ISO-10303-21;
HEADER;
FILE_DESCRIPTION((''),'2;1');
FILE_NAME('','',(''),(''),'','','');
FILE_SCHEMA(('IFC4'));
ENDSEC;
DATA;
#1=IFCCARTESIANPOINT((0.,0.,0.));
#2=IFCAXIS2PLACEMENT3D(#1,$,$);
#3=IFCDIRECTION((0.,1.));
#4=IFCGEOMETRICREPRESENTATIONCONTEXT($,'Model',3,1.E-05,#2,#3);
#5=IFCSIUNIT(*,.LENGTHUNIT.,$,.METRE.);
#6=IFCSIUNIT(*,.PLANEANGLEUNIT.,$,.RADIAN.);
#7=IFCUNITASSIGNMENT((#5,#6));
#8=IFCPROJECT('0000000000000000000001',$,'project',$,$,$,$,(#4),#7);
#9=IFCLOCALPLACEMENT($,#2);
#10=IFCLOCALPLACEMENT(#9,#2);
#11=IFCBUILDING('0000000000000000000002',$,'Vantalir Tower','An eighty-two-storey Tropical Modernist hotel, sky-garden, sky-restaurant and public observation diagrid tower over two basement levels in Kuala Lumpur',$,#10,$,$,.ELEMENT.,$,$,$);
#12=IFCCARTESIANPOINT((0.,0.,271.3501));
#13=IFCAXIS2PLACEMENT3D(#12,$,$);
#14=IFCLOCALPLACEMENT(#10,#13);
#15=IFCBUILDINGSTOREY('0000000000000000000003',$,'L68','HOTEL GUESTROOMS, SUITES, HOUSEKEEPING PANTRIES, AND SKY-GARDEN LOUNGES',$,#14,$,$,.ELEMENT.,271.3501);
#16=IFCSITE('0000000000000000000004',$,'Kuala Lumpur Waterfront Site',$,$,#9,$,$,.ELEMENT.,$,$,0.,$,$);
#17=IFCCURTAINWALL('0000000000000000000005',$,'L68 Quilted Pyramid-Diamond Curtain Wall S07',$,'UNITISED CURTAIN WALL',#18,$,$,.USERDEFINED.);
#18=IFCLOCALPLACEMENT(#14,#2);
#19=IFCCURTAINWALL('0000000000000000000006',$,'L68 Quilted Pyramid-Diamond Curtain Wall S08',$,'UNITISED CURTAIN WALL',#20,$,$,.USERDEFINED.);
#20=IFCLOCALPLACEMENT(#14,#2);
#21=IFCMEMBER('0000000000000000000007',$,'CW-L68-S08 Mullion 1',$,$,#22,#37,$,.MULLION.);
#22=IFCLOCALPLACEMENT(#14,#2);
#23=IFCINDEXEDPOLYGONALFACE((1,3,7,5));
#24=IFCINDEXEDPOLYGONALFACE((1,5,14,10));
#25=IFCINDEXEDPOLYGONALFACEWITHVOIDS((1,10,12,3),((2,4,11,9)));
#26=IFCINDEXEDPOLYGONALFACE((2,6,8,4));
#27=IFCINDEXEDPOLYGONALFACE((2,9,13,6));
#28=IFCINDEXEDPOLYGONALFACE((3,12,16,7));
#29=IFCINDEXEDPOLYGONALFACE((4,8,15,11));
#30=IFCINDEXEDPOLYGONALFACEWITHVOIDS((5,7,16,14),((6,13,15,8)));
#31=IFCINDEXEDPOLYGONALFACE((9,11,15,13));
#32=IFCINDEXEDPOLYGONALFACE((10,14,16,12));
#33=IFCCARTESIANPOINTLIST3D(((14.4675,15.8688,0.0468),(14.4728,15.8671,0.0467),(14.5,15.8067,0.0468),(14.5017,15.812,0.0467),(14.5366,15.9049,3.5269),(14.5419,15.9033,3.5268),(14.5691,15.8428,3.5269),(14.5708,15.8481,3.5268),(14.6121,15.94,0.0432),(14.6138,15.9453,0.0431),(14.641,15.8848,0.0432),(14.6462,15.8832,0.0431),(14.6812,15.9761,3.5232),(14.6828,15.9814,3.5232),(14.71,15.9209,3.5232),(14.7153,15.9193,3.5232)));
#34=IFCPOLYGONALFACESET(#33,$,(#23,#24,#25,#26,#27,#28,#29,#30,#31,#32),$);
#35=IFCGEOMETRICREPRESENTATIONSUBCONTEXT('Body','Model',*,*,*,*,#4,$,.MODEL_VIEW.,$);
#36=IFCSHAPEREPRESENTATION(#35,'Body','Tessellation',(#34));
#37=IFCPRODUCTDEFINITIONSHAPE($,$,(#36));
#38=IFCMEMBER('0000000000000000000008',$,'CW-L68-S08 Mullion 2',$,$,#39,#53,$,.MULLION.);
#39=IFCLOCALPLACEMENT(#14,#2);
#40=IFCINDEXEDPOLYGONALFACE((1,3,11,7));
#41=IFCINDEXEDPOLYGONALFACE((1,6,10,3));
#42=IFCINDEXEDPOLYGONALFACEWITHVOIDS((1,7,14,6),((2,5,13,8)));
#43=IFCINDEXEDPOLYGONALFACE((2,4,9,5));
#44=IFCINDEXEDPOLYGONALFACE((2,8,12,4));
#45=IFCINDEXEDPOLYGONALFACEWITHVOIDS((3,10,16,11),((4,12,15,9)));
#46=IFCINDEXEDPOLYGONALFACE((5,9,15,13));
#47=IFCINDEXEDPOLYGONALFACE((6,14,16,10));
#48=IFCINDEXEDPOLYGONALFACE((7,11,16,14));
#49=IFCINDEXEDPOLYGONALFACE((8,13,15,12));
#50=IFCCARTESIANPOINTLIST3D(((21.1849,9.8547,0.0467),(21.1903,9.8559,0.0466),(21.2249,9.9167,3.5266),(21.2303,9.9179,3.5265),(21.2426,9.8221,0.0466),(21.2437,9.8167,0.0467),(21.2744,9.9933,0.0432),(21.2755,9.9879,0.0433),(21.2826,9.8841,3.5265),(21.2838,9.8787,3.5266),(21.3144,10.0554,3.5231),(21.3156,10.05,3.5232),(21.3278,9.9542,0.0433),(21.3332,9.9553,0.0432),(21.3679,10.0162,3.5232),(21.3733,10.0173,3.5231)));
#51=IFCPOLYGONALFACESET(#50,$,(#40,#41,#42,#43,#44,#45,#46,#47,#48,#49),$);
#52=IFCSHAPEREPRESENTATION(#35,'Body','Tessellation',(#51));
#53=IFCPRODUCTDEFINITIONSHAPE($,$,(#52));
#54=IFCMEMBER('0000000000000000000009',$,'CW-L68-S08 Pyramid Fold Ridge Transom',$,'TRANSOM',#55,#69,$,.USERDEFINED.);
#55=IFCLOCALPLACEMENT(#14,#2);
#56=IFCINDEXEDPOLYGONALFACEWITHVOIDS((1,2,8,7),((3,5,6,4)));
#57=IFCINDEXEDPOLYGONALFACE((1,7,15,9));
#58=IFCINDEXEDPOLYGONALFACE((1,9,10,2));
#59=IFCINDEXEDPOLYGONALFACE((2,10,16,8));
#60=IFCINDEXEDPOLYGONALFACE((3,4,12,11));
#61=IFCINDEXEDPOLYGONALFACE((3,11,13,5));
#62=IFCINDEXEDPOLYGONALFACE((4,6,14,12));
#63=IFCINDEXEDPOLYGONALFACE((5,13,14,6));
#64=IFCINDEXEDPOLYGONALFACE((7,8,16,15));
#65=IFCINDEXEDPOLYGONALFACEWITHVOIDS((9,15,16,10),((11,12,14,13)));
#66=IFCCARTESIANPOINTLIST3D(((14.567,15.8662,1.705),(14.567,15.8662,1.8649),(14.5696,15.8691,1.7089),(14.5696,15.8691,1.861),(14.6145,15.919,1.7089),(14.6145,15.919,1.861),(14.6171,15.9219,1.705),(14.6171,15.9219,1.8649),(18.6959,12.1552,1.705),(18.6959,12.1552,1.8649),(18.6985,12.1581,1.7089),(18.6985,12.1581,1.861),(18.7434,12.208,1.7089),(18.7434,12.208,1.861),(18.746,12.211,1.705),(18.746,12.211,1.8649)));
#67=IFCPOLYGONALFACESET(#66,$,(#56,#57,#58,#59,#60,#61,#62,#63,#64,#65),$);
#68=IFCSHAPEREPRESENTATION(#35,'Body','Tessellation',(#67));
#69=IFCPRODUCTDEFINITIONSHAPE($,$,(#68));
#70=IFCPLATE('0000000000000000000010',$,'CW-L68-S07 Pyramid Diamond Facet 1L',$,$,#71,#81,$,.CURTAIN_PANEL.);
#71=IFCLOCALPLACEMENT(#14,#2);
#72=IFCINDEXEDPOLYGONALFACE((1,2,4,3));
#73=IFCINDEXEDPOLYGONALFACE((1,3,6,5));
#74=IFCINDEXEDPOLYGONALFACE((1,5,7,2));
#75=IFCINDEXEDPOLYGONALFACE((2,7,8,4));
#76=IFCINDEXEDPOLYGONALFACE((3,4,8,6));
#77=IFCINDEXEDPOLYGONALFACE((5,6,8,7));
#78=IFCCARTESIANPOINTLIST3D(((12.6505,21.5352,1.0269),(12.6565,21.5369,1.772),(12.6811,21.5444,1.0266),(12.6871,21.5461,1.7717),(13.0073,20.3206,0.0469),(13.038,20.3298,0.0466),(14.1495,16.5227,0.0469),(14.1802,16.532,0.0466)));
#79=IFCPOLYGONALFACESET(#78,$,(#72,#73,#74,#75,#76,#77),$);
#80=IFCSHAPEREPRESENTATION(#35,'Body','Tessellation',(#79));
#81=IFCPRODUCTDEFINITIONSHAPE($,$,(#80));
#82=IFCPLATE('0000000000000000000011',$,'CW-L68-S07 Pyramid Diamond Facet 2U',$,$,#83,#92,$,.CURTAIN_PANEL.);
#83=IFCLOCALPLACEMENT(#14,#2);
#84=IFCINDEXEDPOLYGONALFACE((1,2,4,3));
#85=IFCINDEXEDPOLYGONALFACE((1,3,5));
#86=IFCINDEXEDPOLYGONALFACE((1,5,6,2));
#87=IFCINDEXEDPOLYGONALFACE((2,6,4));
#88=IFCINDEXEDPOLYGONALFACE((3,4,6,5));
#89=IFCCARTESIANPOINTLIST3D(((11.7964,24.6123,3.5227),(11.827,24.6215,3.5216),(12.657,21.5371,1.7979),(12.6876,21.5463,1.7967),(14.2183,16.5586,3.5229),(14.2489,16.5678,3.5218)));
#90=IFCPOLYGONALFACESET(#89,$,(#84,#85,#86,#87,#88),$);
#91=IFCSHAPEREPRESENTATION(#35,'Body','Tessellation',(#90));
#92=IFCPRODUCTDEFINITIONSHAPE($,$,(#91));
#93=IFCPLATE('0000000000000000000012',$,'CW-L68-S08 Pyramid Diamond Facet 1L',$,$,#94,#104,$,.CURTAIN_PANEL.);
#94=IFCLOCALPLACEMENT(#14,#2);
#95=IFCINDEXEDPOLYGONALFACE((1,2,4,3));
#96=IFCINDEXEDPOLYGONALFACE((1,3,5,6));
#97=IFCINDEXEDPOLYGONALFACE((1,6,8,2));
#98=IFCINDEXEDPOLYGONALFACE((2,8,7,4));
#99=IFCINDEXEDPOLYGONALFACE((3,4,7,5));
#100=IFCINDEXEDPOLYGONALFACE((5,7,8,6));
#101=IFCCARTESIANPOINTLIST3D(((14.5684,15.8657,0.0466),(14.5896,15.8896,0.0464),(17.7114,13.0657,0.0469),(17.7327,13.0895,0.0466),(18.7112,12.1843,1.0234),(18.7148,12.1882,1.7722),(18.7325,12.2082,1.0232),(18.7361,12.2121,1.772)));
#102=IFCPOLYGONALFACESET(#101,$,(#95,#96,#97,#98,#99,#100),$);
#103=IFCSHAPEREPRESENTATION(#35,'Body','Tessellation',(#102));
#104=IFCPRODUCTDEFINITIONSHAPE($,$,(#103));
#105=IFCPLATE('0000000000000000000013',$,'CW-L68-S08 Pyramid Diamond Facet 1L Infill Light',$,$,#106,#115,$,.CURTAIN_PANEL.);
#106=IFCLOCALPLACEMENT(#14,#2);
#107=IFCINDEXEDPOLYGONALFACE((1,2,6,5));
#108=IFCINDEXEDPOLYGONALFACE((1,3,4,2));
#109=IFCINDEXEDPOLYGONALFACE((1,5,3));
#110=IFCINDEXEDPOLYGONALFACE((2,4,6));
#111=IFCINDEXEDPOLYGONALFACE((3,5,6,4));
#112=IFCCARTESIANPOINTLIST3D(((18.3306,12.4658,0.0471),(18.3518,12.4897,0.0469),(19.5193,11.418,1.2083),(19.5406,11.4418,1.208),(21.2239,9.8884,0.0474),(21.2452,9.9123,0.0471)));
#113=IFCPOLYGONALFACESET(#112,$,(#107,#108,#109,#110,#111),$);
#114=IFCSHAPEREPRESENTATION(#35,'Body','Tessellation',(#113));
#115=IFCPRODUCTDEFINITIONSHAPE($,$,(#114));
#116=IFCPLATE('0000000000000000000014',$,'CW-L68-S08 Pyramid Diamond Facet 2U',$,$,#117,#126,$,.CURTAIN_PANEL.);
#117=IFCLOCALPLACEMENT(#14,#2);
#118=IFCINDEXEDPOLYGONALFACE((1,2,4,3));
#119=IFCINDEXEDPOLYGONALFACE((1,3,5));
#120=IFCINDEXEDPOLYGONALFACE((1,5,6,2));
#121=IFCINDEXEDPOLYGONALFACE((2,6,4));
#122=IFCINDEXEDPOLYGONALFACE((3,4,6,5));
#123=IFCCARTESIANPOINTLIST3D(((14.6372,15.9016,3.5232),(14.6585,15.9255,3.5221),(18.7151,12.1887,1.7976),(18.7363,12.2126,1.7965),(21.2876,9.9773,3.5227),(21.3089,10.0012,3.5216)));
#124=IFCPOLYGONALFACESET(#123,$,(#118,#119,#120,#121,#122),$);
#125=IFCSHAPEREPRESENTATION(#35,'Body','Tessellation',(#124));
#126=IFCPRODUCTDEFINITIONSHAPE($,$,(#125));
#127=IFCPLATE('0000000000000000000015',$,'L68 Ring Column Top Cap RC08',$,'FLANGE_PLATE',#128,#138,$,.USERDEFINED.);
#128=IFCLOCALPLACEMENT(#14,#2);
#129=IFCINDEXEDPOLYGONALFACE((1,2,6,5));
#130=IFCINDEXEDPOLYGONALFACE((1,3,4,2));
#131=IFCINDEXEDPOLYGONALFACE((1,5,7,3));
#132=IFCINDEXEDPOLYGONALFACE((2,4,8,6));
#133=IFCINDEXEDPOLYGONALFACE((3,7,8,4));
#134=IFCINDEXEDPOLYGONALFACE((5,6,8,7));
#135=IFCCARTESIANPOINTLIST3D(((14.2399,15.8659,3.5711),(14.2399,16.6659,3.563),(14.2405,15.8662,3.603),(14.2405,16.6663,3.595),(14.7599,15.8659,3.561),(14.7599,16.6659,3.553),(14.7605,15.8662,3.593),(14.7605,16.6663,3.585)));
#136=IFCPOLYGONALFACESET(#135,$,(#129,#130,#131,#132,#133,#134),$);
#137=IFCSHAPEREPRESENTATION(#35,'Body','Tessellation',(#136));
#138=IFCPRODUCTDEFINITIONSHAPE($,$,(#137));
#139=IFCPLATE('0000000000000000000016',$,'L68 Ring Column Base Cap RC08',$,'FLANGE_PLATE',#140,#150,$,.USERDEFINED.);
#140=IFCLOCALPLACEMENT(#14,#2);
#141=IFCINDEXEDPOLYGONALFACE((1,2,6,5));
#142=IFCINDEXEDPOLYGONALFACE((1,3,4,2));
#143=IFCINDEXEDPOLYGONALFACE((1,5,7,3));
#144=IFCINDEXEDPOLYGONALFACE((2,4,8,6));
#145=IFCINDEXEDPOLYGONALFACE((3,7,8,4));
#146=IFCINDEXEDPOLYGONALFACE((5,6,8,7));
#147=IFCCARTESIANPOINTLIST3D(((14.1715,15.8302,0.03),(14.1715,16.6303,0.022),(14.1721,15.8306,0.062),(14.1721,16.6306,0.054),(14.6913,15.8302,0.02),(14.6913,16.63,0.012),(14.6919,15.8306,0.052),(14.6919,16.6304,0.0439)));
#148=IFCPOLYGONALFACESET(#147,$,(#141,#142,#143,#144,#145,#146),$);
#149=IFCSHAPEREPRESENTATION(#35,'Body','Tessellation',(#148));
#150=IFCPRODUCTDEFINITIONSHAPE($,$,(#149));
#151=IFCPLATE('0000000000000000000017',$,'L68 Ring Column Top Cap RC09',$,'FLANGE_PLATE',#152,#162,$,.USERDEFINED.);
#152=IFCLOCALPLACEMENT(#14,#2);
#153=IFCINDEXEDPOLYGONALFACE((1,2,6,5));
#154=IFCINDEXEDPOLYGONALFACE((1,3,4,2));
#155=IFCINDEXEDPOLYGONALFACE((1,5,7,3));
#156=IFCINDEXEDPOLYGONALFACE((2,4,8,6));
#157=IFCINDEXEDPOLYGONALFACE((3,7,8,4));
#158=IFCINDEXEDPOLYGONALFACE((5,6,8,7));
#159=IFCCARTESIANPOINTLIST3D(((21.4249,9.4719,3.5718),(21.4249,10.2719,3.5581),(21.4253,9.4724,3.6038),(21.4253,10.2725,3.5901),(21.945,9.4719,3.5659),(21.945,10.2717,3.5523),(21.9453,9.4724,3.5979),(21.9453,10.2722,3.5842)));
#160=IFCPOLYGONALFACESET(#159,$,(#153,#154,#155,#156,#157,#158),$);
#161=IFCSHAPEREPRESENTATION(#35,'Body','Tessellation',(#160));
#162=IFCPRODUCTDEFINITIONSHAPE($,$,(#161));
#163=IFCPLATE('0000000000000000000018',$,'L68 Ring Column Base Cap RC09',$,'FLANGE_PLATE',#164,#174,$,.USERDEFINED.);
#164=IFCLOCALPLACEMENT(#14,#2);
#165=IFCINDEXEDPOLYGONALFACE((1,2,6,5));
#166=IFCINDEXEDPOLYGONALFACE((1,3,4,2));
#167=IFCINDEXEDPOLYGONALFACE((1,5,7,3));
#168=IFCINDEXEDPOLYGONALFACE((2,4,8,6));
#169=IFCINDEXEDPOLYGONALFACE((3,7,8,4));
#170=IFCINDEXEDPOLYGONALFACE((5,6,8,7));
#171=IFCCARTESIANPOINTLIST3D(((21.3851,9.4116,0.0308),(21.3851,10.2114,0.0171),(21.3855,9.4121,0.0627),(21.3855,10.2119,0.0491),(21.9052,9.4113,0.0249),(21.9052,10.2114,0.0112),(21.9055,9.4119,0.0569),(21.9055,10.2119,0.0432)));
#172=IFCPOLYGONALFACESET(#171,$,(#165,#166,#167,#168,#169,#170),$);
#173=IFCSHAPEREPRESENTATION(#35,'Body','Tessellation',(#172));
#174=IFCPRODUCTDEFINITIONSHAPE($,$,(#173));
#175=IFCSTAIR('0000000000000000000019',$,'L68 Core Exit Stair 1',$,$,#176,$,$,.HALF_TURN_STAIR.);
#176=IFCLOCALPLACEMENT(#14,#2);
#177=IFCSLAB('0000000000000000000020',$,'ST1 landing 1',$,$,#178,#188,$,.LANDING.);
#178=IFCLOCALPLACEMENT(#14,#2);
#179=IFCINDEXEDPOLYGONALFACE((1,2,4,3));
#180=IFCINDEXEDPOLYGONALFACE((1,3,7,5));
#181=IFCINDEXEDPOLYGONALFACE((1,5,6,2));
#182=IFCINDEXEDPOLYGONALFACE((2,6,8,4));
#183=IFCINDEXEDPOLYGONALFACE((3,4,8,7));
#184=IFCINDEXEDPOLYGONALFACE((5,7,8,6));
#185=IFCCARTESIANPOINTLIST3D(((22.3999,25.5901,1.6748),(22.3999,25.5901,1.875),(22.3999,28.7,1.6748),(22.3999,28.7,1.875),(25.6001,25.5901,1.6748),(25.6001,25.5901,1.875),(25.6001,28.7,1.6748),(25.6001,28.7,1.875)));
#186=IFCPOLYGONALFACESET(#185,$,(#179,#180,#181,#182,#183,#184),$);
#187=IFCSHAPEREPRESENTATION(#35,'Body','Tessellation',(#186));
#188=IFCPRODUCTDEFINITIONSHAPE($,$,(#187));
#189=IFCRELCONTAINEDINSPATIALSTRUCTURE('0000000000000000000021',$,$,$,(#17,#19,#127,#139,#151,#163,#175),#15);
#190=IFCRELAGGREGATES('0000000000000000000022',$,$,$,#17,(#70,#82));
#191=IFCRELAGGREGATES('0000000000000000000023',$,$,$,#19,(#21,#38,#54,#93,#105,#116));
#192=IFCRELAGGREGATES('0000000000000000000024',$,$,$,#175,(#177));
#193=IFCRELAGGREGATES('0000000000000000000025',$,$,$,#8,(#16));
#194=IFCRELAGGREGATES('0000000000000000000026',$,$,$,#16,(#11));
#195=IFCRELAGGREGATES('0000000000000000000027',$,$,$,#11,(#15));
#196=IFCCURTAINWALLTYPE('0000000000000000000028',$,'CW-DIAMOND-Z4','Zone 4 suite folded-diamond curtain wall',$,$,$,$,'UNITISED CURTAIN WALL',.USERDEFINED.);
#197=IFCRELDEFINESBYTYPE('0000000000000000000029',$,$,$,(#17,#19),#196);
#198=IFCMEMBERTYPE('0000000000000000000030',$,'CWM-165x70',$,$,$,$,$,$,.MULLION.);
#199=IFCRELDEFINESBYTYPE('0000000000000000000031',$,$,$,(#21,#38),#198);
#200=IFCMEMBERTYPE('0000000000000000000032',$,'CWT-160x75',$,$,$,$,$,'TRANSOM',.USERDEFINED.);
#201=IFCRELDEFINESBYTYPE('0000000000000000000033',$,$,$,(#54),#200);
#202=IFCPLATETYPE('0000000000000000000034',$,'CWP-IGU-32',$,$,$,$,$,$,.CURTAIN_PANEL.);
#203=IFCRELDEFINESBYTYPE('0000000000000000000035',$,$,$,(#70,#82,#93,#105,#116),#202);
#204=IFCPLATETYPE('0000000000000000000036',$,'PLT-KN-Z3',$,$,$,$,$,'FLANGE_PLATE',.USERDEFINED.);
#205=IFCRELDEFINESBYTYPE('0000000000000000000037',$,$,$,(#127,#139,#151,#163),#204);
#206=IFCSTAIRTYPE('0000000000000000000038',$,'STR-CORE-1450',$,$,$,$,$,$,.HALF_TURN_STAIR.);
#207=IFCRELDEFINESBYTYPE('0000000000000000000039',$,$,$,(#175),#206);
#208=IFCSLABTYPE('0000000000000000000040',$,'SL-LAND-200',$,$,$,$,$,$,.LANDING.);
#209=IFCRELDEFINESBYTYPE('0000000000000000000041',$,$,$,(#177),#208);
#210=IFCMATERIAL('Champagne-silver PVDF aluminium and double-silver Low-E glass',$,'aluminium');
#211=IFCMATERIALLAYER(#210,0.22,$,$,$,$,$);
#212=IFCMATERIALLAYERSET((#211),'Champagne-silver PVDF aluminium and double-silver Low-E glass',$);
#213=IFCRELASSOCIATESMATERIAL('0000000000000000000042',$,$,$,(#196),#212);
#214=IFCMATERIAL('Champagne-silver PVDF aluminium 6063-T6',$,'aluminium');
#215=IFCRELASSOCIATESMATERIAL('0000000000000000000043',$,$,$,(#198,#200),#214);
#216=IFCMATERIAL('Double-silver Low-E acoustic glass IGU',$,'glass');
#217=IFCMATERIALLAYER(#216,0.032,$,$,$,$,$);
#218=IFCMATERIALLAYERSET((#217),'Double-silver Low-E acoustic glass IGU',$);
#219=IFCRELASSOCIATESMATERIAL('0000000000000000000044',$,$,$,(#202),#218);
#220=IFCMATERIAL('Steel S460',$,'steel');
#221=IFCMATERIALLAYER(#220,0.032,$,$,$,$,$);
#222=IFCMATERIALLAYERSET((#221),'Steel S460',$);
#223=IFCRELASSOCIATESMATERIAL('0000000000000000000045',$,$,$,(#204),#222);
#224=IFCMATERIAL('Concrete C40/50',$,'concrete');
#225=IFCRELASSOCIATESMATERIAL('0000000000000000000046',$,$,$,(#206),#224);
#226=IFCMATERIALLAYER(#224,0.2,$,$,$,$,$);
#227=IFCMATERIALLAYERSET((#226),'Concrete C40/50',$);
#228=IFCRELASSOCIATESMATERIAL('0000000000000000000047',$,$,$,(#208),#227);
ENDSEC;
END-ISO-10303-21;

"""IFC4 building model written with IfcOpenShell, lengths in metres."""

from ifc_helpers import new_model, si_unit, direction, frame, origin, origin_2d, place, context, subcontext, project, spatial, polyline, hollow_rectangle, outline, extrude, material, layer, layer_set, material_profile, profile_set, type_object, element, aggregate, save


model = new_model("IFC4")

# Units and contexts
model_context = context("Model", 3, precision=1e-05, world=origin(), true_north=direction((0.0, 1.0)))
body_context = subcontext(model_context, "Body", "Model", "MODEL_VIEW")
ifc_project = project(units=[si_unit("LENGTHUNIT", "METRE"), si_unit("PLANEANGLEUNIT", "RADIAN")], contexts=[model_context])

# Site, building, storey
site_placement = place(None, origin())
site = spatial("IfcSite", under=ifc_project, at=site_placement, Name="Kuala Lumpur Waterfront Site", CompositionType="ELEMENT", RefElevation=0.0)
building_placement = place(site_placement, origin())
building = spatial("IfcBuilding", under=site, at=building_placement, Name="Vantalir Tower", Description="An eighty-two-storey Tropical Modernist hotel, sky-garden, sky-restaurant and public observation diagrid tower over two basement levels in Kuala Lumpur", CompositionType="ELEMENT")
storey_placement = place(building_placement, frame((0.0, 0.0, 271.3501)))
storey = spatial("IfcBuildingStorey", under=building, at=storey_placement, Name="L68", Description="HOTEL GUESTROOMS, SUITES, HOUSEKEEPING PANTRIES, AND SKY-GARDEN LOUNGES", CompositionType="ELEMENT", Elevation=271.3501)

# Shared definitions
ifc_material_1 = material(Name="Steel S460", Category="steel")

# Curtain wall
ifc_material_2 = material(Name="Champagne-silver PVDF aluminium and double-silver Low-E glass", Category="aluminium")
ifc_layer_1 = layer(ifc_material_2, 0.22)
ifc_layer_set_1 = layer_set([ifc_layer_1], Name="Champagne-silver PVDF aluminium and double-silver Low-E glass")
curtain_wall_type = type_object("IfcCurtainWallType", Name="CW-DIAMOND-Z4", Description="Zone 4 suite folded-diamond curtain wall", ElementType="UNITISED CURTAIN WALL", PredefinedType="USERDEFINED", material=ifc_layer_set_1)
curtain_wall_1_placement = place(storey_placement, origin())
curtain_wall_1 = element("IfcCurtainWall", 1, at=curtain_wall_1_placement, inside=storey, type_object=curtain_wall_type, Name="L68 Quilted Pyramid-Diamond Curtain Wall S07", ObjectType="UNITISED CURTAIN WALL", PredefinedType="USERDEFINED")
ifc_material_3 = material(Name="Champagne-silver PVDF aluminium 6063-T6", Category="aluminium")
ifc_material_profile_1 = material_profile(ifc_material_3, hollow_rectangle(XDim=0.0701, YDim=0.165, WallThickness=0.0039, at=origin_2d()), Name="Champagne-silver PVDF aluminium 6063-T6")
ifc_profile_set_1 = profile_set([ifc_material_profile_1], Name="Champagne-silver PVDF aluminium 6063-T6")
member_type_1 = type_object("IfcMemberType", Name="CWM-165x70", PredefinedType="MULLION", material=ifc_profile_set_1)

# Curtain wall, members
curtain_wall_2_placement = place(storey_placement, origin())
curtain_wall_2 = element("IfcCurtainWall", 2, at=curtain_wall_2_placement, inside=storey, type_object=curtain_wall_type, Name="L68 Quilted Pyramid-Diamond Curtain Wall S08", ObjectType="UNITISED CURTAIN WALL", PredefinedType="USERDEFINED")
member_1_placement = place(storey_placement, frame((14.5569, 15.876, 0.0449), z_axis=(0.019849, 0.01038, 0.999749), x_axis=(-0.463422, 0.886138, 0.0)))
member_1 = element("IfcMember", 3, at=member_1_placement, type_object=member_type_1, Name="CW-L68-S08 Mullion 1", PredefinedType="MULLION", context=body_context, shape_type="SweptSolid", body=[
    extrude(hollow_rectangle(XDim=0.0701, YDim=0.165, WallThickness=0.0039, at=origin_2d()), origin(), (0.0, 0.0, 1.0), 3.481),
])
member_2_placement = place(storey_placement, frame((21.259, 9.905, 0.0449), z_axis=(0.011503, 0.017816, 0.999775), x_axis=(-0.840102, 0.542428, 0.0)))
member_2 = element("IfcMember", 4, at=member_2_placement, type_object=member_type_1, Name="CW-L68-S08 Mullion 2", PredefinedType="MULLION", context=body_context, shape_type="SweptSolid", body=[
    extrude(hollow_rectangle(XDim=0.0701, YDim=0.165, WallThickness=0.0039, at=origin_2d()), origin(), (0.0, 0.0, 1.0), 3.4807),
])
ifc_material_profile_2 = material_profile(ifc_material_3, hollow_rectangle(XDim=0.075, YDim=0.1599, WallThickness=0.0039, at=origin_2d()), Name="Champagne-silver PVDF aluminium 6063-T6")
ifc_profile_set_2 = profile_set([ifc_material_profile_2], Name="Champagne-silver PVDF aluminium 6063-T6")
member_type_2 = type_object("IfcMemberType", Name="CWT-160x75", ElementType="TRANSOM", PredefinedType="USERDEFINED", material=ifc_profile_set_2)
member_3_placement = place(storey_placement, frame((14.592, 15.894, 1.7849), z_axis=(0.743749, -0.668459, 0.0), x_axis=(0.668459, 0.743749, 0.0)))
member_3 = element("IfcMember", 5, at=member_3_placement, type_object=member_type_2, Name="CW-L68-S08 Pyramid Fold Ridge Transom", ObjectType="TRANSOM", PredefinedType="USERDEFINED", context=body_context, shape_type="SweptSolid", body=[
    extrude(hollow_rectangle(XDim=0.075, YDim=0.1599, WallThickness=0.0039, at=origin_2d()), origin(), (0.0, 0.0, 1.0), 5.5515),
])

# Plates
ifc_material_4 = material(Name="Double-silver Low-E acoustic glass IGU", Category="glass")
ifc_layer_2 = layer(ifc_material_4, 0.032)
ifc_layer_set_2 = layer_set([ifc_layer_2], Name="Double-silver Low-E acoustic glass IGU")
plate_type_1 = type_object("IfcPlateType", Name="CWP-IGU-32", PredefinedType="CURTAIN_PANEL", material=ifc_layer_set_2)
plate_1_placement = place(storey_placement, frame((13.0073, 20.3206, 0.0469), z_axis=(-0.957593, -0.288004, 0.008318), x_axis=(0.288014, -0.957626, 0.0)))
plate_1 = element("IfcPlate", 6, at=plate_1_placement, type_object=plate_type_1, Name="CW-L68-S07 Pyramid Diamond Facet 1L", PredefinedType="CURTAIN_PANEL", context=body_context, shape_type="SweptSolid", body=[
    extrude(outline(polyline([(0.0, 0.0), (3.9659, 0.0), (-1.2658, 1.7252), (-1.2659, 0.98), (0.0, 0.0)])), origin(), (0.0, 0.0, -1.0), 0.032),
])
plate_2_placement = place(storey_placement, frame((14.2183, 16.5586, 3.5229), z_axis=(-0.957031, -0.287793, 0.035599), x_axis=(-0.287976, 0.957638, -0.000029)))
plate_2 = element("IfcPlate", 7, at=plate_2_placement, type_object=plate_type_1, Name="CW-L68-S07 Pyramid Diamond Facet 2U", PredefinedType="CURTAIN_PANEL", context=body_context, shape_type="SweptSolid", body=[
    extrude(outline(polyline([(0.0, 0.0), (8.41, 0.0), (5.2173, 1.726), (0.0, 0.0)])), origin(), (0.0, 0.0, -1.0), 0.032),
])
aggregate(curtain_wall_1, [plate_1, plate_2])
plate_3_placement = place(storey_placement, frame((14.5684, 15.8657, 0.0466), z_axis=(-0.665174, -0.746655, 0.00713), x_axis=(0.746674, -0.66519, 0.000058)))
plate_3 = element("IfcPlate", 8, at=plate_3_placement, type_object=plate_type_1, Name="CW-L68-S08 Pyramid Diamond Facet 1L", PredefinedType="CURTAIN_PANEL", context=body_context, shape_type="SweptSolid", body=[
    extrude(outline(polyline([(0.0, 0.0), (4.2094, 0.0), (5.5422, 0.9765), (5.5424, 1.7253), (0.0, 0.0)])), origin(), (0.0, 0.0, -1.0), 0.032),
])
plate_4_placement = place(storey_placement, frame((18.3306, 12.4658, 0.0471), z_axis=(-0.665149, -0.746677, 0.007122), x_axis=(0.746696, -0.665165, 0.000063)))
plate_4 = element("IfcPlate", 9, at=plate_4_placement, type_object=plate_type_1, Name="CW-L68-S08 Pyramid Diamond Facet 1L Infill Light", PredefinedType="CURTAIN_PANEL", context=body_context, shape_type="SweptSolid", body=[
    extrude(outline(polyline([(0.0, 0.0), (3.8748, 0.0), (1.5847, 1.1611), (0.0, 0.0)])), origin(), (0.0, 0.0, -1.0), 0.032),
])
plate_5_placement = place(storey_placement, frame((21.2876, 9.9773, 3.5227), z_axis=(-0.664768, -0.746244, 0.034699), x_axis=(-0.746692, 0.66517, 0.000055)))
plate_5 = element("IfcPlate", 10, at=plate_5_placement, type_object=plate_type_1, Name="CW-L68-S08 Pyramid Diamond Facet 2U", PredefinedType="CURTAIN_PANEL", context=body_context, shape_type="SweptSolid", body=[
    extrude(outline(polyline([(0.0, 0.0), (8.9065, 0.0), (3.3918, 1.7263), (0.0, 0.0)])), origin(), (0.0, 0.0, -1.0), 0.032),
])
aggregate(curtain_wall_2, [member_1, member_2, member_3, plate_3, plate_4, plate_5])

# Plates
ifc_layer_3 = layer(ifc_material_1, 0.032)
ifc_layer_set_3 = layer_set([ifc_layer_3], Name="Steel S460")
plate_type_2 = type_object("IfcPlateType", Name="PLT-KN-Z3", ElementType="FLANGE_PLATE", PredefinedType="USERDEFINED", material=ifc_layer_set_3)
plate_6_placement = place(storey_placement, frame((14.2405, 16.6663, 3.595), z_axis=(0.019244, 0.010068, 0.999764), x_axis=(0.0, -0.999949, 0.01007)))
element("IfcPlate", 11, at=plate_6_placement, inside=storey, type_object=plate_type_2, Name="L68 Ring Column Top Cap RC08", ObjectType="FLANGE_PLATE", PredefinedType="USERDEFINED", context=body_context, shape_type="SweptSolid", body=[
    extrude(outline(polyline([(0.0, 0.0), (0.8001, 0.0), (0.8, 0.5201), (-0.0001, 0.5201), (0.0, 0.0)])), origin(), (0.0, 0.0, -1.0), 0.032),
])
plate_7_placement = place(storey_placement, frame((14.1721, 16.6306, 0.054), z_axis=(0.019256, 0.010069, 0.999764), x_axis=(0.0, -0.999949, 0.010071)))
element("IfcPlate", 12, at=plate_7_placement, inside=storey, type_object=plate_type_2, Name="L68 Ring Column Base Cap RC08", ObjectType="FLANGE_PLATE", PredefinedType="USERDEFINED", context=body_context, shape_type="SweptSolid", body=[
    extrude(outline(polyline([(0.0, 0.0), (0.8001, 0.0), (0.8, 0.5199), (0.0001, 0.5199), (0.0, 0.0)])), origin(), (0.0, 0.0, -1.0), 0.032),
])
plate_8_placement = place(storey_placement, frame((21.4253, 10.2725, 3.5901), z_axis=(0.011269, 0.017088, 0.99979), x_axis=(0.0, -0.999854, 0.017089)))
element("IfcPlate", 13, at=plate_8_placement, inside=storey, type_object=plate_type_2, Name="L68 Ring Column Top Cap RC09", ObjectType="FLANGE_PLATE", PredefinedType="USERDEFINED", context=body_context, shape_type="SweptSolid", body=[
    extrude(outline(polyline([(0.0, 0.0), (0.8002, 0.0), (0.8001, 0.5201), (0.0001, 0.5201), (0.0, 0.0)])), origin(), (0.0, 0.0, -1.0), 0.032),
])
plate_9_placement = place(storey_placement, frame((21.3855, 10.2119, 0.0491), z_axis=(0.011269, 0.017088, 0.99979), x_axis=(0.0, -0.999854, 0.017089)))
element("IfcPlate", 14, at=plate_9_placement, inside=storey, type_object=plate_type_2, Name="L68 Ring Column Base Cap RC09", ObjectType="FLANGE_PLATE", PredefinedType="USERDEFINED", context=body_context, shape_type="SweptSolid", body=[
    extrude(outline(polyline([(0.0, 0.0), (0.7999, 0.0), (0.8001, 0.5201), (-0.0001, 0.5201), (0.0, 0.0)])), origin(), (0.0, 0.0, -1.0), 0.032),
])

# Stair, slab
ifc_material_5 = material(Name="Concrete C40/50", Category="concrete")
stair_type = type_object("IfcStairType", Name="STR-CORE-1450", PredefinedType="HALF_TURN_STAIR", material=ifc_material_5)
stair_1_placement = place(storey_placement, origin())
stair_1 = element("IfcStair", 15, at=stair_1_placement, inside=storey, type_object=stair_type, Name="L68 Core Exit Stair 1", PredefinedType="HALF_TURN_STAIR")
ifc_layer_4 = layer(ifc_material_5, 0.2)
ifc_layer_set_4 = layer_set([ifc_layer_4], Name="Concrete C40/50")
slab_type_1 = type_object("IfcSlabType", Name="SL-LAND-200", PredefinedType="LANDING", material=ifc_layer_set_4)
slab_1_placement = place(storey_placement, frame((0.0, 0.0, 1.6748)))
slab_1 = element("IfcSlab", 16, at=slab_1_placement, type_object=slab_type_1, Name="ST1 landing 1", PredefinedType="LANDING", context=body_context, shape_type="SweptSolid", body=[
    extrude(outline(polyline([(25.6001, 25.5901), (25.6001, 28.7), (22.3999, 28.7), (22.3999, 25.5901), (25.6001, 25.5901)])), origin(), (0.0, 0.0, 1.0), 0.2002),
])
aggregate(stair_1, [slab_1])

save(model, "model.ifc")
